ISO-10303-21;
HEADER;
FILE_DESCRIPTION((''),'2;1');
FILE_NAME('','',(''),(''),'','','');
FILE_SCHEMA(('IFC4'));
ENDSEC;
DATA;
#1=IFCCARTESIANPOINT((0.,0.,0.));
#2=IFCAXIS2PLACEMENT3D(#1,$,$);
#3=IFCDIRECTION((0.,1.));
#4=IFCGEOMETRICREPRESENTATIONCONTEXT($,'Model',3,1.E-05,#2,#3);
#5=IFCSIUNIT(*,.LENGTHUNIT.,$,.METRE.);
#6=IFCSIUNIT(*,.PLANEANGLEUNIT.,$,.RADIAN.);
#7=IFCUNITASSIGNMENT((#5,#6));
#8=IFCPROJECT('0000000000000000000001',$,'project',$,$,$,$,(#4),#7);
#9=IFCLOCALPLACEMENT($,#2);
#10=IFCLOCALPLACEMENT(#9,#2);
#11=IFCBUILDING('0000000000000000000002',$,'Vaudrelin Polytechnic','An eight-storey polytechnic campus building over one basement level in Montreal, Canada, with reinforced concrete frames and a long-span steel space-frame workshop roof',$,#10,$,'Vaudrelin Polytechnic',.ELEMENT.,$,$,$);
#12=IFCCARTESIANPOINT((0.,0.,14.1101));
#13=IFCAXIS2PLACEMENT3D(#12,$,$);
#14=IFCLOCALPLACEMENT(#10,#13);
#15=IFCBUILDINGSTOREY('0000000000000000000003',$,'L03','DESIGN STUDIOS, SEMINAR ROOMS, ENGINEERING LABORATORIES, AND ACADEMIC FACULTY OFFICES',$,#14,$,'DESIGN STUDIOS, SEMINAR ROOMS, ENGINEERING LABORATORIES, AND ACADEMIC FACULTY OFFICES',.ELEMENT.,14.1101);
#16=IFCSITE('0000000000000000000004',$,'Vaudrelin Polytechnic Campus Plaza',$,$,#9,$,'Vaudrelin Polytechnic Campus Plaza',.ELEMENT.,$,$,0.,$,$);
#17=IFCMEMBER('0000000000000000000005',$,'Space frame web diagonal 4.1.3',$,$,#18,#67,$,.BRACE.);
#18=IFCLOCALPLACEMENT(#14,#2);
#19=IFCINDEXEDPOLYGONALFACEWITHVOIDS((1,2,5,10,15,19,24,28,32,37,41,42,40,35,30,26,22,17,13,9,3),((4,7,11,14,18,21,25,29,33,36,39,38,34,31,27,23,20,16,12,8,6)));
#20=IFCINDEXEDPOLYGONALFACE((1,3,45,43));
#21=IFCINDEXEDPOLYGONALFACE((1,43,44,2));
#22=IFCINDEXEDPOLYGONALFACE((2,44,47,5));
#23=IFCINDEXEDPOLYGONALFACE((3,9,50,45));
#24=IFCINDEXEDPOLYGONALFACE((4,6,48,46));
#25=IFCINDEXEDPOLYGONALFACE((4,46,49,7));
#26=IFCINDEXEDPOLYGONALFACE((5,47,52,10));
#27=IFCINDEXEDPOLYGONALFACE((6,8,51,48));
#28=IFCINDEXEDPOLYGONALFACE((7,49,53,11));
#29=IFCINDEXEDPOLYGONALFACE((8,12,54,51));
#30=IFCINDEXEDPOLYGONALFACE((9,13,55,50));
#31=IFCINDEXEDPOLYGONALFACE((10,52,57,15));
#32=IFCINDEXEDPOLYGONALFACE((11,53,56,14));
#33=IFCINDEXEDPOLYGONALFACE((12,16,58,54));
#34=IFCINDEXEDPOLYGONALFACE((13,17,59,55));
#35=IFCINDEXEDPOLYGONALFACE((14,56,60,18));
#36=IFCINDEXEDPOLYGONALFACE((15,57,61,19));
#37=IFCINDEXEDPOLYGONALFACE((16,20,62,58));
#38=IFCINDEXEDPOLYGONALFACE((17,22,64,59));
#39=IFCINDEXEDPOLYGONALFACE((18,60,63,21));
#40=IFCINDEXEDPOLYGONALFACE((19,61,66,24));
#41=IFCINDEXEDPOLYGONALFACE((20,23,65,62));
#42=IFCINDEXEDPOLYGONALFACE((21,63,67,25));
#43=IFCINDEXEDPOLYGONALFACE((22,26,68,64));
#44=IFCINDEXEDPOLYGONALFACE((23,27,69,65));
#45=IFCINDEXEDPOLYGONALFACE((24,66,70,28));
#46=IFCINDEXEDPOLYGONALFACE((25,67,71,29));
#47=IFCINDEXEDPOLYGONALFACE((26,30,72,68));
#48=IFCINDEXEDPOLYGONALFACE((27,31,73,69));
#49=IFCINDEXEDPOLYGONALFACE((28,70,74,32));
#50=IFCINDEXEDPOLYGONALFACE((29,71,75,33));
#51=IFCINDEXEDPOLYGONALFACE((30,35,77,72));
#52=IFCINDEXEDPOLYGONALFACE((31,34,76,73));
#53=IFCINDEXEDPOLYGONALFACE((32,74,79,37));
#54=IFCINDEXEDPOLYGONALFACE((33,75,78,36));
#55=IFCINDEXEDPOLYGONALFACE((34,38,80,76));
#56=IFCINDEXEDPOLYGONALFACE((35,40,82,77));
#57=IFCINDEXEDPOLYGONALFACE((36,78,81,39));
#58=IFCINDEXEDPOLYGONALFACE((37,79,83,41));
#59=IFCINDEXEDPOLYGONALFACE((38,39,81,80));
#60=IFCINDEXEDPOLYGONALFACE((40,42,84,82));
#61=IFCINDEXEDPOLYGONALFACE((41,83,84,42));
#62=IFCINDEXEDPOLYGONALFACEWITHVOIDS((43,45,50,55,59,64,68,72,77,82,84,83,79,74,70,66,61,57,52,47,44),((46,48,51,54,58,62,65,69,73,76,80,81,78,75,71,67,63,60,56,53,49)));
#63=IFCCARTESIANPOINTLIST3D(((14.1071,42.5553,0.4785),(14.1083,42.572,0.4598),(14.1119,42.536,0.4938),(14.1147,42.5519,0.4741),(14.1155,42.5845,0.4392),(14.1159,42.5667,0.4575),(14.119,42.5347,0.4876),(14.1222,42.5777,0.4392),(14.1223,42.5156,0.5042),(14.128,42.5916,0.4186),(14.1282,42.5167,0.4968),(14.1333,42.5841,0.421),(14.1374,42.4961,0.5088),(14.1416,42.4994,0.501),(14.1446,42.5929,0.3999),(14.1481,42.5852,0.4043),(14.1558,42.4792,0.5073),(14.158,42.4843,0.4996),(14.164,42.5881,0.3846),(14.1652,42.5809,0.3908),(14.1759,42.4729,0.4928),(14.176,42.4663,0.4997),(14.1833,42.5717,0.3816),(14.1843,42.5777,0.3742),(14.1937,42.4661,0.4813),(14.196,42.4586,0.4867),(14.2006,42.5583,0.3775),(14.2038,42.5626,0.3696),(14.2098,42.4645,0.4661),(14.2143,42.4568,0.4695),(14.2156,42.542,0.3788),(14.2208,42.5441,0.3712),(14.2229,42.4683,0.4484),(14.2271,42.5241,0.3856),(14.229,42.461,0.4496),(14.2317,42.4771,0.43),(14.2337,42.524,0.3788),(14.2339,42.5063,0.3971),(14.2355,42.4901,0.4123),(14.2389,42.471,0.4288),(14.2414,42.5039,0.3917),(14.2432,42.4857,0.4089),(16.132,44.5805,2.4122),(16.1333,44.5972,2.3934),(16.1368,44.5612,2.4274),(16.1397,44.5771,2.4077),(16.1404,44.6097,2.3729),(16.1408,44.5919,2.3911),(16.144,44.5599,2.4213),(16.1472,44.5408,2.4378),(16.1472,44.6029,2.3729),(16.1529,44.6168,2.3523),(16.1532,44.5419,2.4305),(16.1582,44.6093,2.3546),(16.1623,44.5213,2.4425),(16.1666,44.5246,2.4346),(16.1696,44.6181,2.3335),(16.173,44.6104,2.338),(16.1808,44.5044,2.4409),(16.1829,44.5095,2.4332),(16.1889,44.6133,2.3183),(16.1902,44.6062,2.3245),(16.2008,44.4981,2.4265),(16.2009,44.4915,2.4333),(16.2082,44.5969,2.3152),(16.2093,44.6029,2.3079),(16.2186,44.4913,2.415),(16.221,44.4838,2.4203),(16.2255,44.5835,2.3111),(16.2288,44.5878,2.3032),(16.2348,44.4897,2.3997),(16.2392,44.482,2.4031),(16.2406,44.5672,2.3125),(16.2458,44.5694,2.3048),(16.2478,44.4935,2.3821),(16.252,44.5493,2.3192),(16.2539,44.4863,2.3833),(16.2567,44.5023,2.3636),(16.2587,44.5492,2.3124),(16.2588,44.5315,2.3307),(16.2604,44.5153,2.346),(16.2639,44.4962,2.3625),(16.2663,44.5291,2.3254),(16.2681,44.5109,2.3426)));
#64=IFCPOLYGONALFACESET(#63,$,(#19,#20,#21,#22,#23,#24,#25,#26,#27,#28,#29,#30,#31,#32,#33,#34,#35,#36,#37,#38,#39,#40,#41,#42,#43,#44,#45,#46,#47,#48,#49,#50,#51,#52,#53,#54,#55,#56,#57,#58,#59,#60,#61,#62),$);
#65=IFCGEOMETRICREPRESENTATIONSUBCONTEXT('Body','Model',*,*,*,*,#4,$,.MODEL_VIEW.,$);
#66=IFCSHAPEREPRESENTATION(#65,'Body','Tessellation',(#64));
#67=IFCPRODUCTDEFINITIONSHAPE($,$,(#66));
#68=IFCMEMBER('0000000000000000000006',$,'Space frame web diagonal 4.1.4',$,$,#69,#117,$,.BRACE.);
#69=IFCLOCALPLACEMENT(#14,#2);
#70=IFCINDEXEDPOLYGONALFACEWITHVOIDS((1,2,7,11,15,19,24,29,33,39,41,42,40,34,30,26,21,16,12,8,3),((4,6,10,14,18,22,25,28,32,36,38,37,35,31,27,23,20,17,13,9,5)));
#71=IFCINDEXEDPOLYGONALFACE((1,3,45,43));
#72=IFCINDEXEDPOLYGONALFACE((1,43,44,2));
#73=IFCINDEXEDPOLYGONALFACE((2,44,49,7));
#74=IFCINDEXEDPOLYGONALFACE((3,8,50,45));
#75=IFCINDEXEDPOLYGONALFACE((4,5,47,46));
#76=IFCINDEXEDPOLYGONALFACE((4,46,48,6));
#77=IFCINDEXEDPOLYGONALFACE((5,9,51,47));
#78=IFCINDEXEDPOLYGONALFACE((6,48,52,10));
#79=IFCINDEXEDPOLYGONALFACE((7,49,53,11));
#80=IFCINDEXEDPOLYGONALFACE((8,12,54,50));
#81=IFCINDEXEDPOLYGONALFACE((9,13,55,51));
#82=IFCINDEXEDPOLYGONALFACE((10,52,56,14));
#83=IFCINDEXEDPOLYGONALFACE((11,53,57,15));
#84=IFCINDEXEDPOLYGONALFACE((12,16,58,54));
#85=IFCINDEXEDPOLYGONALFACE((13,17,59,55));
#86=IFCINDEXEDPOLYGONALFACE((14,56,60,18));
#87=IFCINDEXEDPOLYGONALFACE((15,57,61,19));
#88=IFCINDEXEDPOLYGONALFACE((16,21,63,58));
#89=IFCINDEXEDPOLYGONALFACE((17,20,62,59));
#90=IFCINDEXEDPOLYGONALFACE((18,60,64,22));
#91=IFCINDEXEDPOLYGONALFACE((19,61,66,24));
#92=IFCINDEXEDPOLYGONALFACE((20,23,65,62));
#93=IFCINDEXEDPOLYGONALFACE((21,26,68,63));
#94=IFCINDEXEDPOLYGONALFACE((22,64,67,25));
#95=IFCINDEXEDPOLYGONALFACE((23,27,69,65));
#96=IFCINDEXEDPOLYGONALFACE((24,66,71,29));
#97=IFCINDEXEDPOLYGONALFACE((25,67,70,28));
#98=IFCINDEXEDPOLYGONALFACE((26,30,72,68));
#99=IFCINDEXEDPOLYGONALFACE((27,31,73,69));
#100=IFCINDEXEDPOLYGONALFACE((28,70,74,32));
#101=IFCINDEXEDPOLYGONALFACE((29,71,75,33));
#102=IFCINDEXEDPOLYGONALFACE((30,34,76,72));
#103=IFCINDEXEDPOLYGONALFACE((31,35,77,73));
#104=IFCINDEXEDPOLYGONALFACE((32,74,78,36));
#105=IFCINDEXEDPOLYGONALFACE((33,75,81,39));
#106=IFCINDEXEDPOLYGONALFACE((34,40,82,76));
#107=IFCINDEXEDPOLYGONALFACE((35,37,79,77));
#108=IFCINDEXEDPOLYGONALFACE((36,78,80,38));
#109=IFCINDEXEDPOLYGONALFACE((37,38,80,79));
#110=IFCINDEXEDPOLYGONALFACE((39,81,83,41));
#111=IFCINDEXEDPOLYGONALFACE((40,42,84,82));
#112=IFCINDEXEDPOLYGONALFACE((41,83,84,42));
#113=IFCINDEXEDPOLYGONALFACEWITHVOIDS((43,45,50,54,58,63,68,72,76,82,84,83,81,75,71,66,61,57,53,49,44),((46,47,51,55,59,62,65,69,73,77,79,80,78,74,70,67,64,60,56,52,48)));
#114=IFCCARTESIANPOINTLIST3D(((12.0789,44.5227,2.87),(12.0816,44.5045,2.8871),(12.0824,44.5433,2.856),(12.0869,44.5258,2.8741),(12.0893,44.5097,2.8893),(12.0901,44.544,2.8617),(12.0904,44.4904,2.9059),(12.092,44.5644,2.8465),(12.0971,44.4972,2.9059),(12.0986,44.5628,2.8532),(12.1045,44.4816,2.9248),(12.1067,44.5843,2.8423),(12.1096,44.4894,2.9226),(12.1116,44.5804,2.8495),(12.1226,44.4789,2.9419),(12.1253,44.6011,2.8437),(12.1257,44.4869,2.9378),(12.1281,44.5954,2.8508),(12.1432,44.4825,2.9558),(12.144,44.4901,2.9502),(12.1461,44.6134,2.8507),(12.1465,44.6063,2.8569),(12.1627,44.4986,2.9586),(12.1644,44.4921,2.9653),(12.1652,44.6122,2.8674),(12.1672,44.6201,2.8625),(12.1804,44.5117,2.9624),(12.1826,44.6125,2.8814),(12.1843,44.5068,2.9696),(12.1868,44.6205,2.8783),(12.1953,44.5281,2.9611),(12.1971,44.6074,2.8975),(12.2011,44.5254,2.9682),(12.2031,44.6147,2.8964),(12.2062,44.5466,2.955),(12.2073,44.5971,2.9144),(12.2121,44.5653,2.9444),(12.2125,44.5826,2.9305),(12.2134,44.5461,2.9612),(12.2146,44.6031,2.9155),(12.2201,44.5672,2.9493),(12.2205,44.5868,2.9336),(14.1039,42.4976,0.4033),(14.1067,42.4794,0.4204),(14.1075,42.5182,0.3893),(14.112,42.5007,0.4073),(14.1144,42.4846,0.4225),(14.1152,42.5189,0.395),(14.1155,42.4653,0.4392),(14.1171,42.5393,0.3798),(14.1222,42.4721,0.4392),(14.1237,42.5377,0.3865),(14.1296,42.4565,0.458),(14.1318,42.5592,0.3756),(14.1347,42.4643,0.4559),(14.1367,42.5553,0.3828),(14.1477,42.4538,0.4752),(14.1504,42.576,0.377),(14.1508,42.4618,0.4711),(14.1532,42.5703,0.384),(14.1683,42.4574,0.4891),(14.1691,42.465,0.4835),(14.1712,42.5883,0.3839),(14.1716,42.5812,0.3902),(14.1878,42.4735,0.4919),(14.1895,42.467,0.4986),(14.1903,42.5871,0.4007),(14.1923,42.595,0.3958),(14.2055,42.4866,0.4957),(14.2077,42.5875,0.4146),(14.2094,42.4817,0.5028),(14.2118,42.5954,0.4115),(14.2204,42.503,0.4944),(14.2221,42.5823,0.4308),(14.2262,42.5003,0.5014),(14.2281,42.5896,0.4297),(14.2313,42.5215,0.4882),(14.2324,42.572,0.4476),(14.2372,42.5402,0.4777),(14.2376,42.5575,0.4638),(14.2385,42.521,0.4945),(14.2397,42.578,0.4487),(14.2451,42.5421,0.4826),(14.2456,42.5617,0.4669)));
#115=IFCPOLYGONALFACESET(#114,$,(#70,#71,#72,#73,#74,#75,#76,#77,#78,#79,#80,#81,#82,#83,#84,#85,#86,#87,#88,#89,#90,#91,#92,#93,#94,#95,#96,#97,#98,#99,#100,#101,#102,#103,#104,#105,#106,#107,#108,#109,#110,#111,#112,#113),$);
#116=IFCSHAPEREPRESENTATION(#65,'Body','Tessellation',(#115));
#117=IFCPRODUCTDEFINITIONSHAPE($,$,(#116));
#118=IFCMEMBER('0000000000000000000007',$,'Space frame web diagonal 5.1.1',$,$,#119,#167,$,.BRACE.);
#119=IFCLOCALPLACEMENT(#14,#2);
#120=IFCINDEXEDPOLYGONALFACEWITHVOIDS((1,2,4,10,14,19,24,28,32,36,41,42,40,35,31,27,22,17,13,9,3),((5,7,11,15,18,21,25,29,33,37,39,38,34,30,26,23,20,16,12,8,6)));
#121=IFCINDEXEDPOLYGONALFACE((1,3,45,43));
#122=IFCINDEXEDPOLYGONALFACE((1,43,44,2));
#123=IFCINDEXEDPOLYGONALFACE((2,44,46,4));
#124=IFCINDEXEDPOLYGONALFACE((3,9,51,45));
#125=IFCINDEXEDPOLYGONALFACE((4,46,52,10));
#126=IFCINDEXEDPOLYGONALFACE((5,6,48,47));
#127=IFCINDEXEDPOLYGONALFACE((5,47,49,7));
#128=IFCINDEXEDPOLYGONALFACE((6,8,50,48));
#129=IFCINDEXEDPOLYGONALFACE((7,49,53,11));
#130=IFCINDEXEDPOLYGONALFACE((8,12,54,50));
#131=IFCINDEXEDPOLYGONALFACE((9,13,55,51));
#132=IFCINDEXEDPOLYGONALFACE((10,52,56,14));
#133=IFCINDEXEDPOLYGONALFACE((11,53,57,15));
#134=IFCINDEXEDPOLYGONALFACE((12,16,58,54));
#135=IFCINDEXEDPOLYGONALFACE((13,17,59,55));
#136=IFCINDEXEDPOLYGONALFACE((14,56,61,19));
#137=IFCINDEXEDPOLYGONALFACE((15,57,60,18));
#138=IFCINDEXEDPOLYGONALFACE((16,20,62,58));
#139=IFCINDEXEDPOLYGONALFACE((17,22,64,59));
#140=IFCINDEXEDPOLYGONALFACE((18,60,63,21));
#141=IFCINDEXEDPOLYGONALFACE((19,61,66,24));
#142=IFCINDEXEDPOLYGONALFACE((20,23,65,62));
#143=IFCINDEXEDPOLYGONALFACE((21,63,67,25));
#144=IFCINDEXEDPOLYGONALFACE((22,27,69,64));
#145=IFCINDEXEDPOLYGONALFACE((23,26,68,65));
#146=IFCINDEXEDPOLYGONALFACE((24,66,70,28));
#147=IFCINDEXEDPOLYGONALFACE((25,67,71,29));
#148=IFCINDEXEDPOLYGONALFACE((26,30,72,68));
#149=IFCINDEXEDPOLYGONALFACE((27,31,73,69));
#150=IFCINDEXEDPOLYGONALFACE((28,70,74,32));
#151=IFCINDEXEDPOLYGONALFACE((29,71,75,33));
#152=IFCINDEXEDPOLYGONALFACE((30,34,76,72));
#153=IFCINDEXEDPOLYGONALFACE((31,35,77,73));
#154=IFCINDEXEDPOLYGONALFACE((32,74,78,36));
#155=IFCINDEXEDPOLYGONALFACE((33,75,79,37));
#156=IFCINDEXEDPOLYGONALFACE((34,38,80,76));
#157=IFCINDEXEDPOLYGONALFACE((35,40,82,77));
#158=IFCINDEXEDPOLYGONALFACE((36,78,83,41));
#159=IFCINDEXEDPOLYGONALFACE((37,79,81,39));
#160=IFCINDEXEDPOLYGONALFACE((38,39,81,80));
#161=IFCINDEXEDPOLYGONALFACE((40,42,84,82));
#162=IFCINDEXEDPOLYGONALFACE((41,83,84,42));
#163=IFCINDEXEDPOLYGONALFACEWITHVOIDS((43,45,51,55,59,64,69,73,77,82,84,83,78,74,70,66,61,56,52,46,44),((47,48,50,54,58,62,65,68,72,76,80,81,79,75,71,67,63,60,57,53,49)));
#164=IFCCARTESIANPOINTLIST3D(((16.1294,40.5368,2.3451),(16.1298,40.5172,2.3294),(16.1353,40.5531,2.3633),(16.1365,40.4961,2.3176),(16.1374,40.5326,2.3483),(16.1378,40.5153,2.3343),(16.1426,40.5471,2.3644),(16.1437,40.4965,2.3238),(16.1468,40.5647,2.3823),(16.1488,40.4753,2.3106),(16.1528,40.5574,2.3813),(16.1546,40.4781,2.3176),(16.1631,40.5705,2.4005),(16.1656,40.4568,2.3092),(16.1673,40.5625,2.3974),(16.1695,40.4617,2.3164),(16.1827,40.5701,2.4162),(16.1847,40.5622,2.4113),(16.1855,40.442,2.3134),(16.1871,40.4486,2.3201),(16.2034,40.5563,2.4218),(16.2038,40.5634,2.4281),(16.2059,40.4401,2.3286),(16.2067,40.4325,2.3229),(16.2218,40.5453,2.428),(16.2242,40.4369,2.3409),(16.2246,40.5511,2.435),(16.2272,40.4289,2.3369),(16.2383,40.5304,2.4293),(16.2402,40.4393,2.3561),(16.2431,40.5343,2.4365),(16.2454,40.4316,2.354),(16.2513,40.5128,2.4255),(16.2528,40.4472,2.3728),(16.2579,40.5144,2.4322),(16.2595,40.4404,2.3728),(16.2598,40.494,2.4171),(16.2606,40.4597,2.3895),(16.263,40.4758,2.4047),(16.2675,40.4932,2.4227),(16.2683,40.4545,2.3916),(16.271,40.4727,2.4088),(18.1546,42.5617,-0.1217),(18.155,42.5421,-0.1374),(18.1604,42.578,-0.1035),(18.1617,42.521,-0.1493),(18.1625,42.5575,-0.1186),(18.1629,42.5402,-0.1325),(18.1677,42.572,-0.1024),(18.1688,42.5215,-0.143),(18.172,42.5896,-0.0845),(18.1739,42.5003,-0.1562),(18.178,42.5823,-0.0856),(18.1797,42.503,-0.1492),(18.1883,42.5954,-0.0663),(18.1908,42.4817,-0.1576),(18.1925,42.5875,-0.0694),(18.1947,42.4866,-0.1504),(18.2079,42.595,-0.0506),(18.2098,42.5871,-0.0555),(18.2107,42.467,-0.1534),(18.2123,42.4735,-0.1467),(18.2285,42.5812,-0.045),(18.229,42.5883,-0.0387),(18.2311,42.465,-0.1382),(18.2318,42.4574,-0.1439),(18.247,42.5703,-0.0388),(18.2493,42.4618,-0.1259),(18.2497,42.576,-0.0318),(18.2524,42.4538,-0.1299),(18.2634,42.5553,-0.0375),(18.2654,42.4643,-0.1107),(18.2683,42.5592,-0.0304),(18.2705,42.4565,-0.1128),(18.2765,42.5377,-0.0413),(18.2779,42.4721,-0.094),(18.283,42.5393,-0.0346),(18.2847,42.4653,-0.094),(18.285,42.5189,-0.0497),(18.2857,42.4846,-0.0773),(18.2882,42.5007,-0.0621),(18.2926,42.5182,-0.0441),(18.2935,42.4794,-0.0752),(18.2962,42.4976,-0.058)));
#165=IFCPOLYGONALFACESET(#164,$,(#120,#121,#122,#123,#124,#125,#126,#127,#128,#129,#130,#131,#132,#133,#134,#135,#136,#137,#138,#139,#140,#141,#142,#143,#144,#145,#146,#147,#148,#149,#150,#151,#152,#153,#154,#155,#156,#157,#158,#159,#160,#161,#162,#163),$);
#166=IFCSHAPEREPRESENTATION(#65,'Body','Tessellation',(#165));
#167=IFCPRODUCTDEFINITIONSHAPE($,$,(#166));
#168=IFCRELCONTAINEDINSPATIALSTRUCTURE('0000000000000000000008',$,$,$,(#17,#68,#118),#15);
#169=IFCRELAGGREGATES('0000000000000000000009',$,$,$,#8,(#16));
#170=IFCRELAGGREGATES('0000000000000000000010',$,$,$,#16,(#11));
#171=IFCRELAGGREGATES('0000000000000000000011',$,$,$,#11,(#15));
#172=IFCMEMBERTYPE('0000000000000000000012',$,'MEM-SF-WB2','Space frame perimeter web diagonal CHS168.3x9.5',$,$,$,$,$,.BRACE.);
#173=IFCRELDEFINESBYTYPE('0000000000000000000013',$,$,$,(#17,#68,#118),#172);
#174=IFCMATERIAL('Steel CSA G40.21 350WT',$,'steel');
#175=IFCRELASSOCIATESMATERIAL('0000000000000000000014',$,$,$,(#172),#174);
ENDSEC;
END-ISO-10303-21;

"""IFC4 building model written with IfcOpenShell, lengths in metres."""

from ifc_helpers import new_model, si_unit, direction, frame, origin, origin_2d, place, context, subcontext, project, spatial, hollow_circle, extrude, material, material_profile, profile_set, type_object, element, save


model = new_model("IFC4")

# Units and contexts
model_context = context("Model", 3, precision=1e-05, world=origin(), true_north=direction((0.0, 1.0)))
body_context = subcontext(model_context, "Body", "Model", "MODEL_VIEW")
ifc_project = project(units=[si_unit("LENGTHUNIT", "METRE"), si_unit("PLANEANGLEUNIT", "RADIAN")], contexts=[model_context])

# Site, building, storey
site_placement = place(None, origin())
site = spatial("IfcSite", under=ifc_project, at=site_placement, Name="Vaudrelin Polytechnic Campus Plaza", LongName="Vaudrelin Polytechnic Campus Plaza", CompositionType="ELEMENT", RefElevation=0.0)
building_placement = place(site_placement, origin())
building = spatial("IfcBuilding", under=site, at=building_placement, Name="Vaudrelin Polytechnic", Description="An eight-storey polytechnic campus building over one basement level in Montreal, Canada, with reinforced concrete frames and a long-span steel space-frame workshop roof", LongName="Vaudrelin Polytechnic", CompositionType="ELEMENT")
storey_placement = place(building_placement, frame((0.0, 0.0, 14.1101)))
storey = spatial("IfcBuildingStorey", under=building, at=storey_placement, Name="L03", Description="DESIGN STUDIOS, SEMINAR ROOMS, ENGINEERING LABORATORIES, AND ACADEMIC FACULTY OFFICES", LongName="DESIGN STUDIOS, SEMINAR ROOMS, ENGINEERING LABORATORIES, AND ACADEMIC FACULTY OFFICES", CompositionType="ELEMENT", Elevation=14.1101)

# Members
ifc_material = material(Name="Steel CSA G40.21 350WT", Category="steel")
ifc_material_profile_1 = material_profile(ifc_material, hollow_circle(Radius=0.0842, WallThickness=0.0095, at=origin_2d()), Name="CHS168.3x9.5")
ifc_profile_set_1 = profile_set([ifc_material_profile_1], Name="Steel CSA G40.21 350WT")
member_type_1 = type_object("IfcMemberType", Name="MEM-SF-WB2", Description="Space frame perimeter web diagonal CHS168.3x9.5", PredefinedType="BRACE", material=ifc_profile_set_1)
member_1_placement = place(storey_placement, frame((14.175, 42.5249, 0.4392), z_axis=(0.586, 0.586071, 0.559576), x_axis=(-0.707149, 0.707064, 0.0)))
element("IfcMember", 1, at=member_1_placement, inside=storey, type_object=member_type_1, Name="Space frame web diagonal 4.1.3", PredefinedType="BRACE", context=body_context, shape_type="SweptSolid", body=[
    extrude(hollow_circle(Radius=0.0842, WallThickness=0.0095, at=origin_2d()), origin(), (0.0, 0.0, 1.0), 3.4556),
])
for number, where, z_axis, x_axis, name in (
    (2, (14.175, 42.5249, 0.4392), (-0.535769, 0.535769, 0.652612), (-0.707107, -0.707107, 0.0), "Space frame web diagonal 4.1.4"),
    (3, (18.2251, 42.5249, -0.094), (-0.535788, -0.535723, 0.652634), (0.707064, -0.707149, 0.0), "Space frame web diagonal 5.1.1"),
):
    element("IfcMember", number, at=place(storey_placement, frame(where, z_axis=z_axis, x_axis=x_axis)), inside=storey, type_object=member_type_1, Name=name, PredefinedType="BRACE", context=body_context, shape_type="SweptSolid", body=[
        extrude(hollow_circle(Radius=0.0842, WallThickness=0.0095, at=origin_2d()), origin(), (0.0, 0.0, 1.0), 3.7798),
    ])

save(model, "model.ifc")
